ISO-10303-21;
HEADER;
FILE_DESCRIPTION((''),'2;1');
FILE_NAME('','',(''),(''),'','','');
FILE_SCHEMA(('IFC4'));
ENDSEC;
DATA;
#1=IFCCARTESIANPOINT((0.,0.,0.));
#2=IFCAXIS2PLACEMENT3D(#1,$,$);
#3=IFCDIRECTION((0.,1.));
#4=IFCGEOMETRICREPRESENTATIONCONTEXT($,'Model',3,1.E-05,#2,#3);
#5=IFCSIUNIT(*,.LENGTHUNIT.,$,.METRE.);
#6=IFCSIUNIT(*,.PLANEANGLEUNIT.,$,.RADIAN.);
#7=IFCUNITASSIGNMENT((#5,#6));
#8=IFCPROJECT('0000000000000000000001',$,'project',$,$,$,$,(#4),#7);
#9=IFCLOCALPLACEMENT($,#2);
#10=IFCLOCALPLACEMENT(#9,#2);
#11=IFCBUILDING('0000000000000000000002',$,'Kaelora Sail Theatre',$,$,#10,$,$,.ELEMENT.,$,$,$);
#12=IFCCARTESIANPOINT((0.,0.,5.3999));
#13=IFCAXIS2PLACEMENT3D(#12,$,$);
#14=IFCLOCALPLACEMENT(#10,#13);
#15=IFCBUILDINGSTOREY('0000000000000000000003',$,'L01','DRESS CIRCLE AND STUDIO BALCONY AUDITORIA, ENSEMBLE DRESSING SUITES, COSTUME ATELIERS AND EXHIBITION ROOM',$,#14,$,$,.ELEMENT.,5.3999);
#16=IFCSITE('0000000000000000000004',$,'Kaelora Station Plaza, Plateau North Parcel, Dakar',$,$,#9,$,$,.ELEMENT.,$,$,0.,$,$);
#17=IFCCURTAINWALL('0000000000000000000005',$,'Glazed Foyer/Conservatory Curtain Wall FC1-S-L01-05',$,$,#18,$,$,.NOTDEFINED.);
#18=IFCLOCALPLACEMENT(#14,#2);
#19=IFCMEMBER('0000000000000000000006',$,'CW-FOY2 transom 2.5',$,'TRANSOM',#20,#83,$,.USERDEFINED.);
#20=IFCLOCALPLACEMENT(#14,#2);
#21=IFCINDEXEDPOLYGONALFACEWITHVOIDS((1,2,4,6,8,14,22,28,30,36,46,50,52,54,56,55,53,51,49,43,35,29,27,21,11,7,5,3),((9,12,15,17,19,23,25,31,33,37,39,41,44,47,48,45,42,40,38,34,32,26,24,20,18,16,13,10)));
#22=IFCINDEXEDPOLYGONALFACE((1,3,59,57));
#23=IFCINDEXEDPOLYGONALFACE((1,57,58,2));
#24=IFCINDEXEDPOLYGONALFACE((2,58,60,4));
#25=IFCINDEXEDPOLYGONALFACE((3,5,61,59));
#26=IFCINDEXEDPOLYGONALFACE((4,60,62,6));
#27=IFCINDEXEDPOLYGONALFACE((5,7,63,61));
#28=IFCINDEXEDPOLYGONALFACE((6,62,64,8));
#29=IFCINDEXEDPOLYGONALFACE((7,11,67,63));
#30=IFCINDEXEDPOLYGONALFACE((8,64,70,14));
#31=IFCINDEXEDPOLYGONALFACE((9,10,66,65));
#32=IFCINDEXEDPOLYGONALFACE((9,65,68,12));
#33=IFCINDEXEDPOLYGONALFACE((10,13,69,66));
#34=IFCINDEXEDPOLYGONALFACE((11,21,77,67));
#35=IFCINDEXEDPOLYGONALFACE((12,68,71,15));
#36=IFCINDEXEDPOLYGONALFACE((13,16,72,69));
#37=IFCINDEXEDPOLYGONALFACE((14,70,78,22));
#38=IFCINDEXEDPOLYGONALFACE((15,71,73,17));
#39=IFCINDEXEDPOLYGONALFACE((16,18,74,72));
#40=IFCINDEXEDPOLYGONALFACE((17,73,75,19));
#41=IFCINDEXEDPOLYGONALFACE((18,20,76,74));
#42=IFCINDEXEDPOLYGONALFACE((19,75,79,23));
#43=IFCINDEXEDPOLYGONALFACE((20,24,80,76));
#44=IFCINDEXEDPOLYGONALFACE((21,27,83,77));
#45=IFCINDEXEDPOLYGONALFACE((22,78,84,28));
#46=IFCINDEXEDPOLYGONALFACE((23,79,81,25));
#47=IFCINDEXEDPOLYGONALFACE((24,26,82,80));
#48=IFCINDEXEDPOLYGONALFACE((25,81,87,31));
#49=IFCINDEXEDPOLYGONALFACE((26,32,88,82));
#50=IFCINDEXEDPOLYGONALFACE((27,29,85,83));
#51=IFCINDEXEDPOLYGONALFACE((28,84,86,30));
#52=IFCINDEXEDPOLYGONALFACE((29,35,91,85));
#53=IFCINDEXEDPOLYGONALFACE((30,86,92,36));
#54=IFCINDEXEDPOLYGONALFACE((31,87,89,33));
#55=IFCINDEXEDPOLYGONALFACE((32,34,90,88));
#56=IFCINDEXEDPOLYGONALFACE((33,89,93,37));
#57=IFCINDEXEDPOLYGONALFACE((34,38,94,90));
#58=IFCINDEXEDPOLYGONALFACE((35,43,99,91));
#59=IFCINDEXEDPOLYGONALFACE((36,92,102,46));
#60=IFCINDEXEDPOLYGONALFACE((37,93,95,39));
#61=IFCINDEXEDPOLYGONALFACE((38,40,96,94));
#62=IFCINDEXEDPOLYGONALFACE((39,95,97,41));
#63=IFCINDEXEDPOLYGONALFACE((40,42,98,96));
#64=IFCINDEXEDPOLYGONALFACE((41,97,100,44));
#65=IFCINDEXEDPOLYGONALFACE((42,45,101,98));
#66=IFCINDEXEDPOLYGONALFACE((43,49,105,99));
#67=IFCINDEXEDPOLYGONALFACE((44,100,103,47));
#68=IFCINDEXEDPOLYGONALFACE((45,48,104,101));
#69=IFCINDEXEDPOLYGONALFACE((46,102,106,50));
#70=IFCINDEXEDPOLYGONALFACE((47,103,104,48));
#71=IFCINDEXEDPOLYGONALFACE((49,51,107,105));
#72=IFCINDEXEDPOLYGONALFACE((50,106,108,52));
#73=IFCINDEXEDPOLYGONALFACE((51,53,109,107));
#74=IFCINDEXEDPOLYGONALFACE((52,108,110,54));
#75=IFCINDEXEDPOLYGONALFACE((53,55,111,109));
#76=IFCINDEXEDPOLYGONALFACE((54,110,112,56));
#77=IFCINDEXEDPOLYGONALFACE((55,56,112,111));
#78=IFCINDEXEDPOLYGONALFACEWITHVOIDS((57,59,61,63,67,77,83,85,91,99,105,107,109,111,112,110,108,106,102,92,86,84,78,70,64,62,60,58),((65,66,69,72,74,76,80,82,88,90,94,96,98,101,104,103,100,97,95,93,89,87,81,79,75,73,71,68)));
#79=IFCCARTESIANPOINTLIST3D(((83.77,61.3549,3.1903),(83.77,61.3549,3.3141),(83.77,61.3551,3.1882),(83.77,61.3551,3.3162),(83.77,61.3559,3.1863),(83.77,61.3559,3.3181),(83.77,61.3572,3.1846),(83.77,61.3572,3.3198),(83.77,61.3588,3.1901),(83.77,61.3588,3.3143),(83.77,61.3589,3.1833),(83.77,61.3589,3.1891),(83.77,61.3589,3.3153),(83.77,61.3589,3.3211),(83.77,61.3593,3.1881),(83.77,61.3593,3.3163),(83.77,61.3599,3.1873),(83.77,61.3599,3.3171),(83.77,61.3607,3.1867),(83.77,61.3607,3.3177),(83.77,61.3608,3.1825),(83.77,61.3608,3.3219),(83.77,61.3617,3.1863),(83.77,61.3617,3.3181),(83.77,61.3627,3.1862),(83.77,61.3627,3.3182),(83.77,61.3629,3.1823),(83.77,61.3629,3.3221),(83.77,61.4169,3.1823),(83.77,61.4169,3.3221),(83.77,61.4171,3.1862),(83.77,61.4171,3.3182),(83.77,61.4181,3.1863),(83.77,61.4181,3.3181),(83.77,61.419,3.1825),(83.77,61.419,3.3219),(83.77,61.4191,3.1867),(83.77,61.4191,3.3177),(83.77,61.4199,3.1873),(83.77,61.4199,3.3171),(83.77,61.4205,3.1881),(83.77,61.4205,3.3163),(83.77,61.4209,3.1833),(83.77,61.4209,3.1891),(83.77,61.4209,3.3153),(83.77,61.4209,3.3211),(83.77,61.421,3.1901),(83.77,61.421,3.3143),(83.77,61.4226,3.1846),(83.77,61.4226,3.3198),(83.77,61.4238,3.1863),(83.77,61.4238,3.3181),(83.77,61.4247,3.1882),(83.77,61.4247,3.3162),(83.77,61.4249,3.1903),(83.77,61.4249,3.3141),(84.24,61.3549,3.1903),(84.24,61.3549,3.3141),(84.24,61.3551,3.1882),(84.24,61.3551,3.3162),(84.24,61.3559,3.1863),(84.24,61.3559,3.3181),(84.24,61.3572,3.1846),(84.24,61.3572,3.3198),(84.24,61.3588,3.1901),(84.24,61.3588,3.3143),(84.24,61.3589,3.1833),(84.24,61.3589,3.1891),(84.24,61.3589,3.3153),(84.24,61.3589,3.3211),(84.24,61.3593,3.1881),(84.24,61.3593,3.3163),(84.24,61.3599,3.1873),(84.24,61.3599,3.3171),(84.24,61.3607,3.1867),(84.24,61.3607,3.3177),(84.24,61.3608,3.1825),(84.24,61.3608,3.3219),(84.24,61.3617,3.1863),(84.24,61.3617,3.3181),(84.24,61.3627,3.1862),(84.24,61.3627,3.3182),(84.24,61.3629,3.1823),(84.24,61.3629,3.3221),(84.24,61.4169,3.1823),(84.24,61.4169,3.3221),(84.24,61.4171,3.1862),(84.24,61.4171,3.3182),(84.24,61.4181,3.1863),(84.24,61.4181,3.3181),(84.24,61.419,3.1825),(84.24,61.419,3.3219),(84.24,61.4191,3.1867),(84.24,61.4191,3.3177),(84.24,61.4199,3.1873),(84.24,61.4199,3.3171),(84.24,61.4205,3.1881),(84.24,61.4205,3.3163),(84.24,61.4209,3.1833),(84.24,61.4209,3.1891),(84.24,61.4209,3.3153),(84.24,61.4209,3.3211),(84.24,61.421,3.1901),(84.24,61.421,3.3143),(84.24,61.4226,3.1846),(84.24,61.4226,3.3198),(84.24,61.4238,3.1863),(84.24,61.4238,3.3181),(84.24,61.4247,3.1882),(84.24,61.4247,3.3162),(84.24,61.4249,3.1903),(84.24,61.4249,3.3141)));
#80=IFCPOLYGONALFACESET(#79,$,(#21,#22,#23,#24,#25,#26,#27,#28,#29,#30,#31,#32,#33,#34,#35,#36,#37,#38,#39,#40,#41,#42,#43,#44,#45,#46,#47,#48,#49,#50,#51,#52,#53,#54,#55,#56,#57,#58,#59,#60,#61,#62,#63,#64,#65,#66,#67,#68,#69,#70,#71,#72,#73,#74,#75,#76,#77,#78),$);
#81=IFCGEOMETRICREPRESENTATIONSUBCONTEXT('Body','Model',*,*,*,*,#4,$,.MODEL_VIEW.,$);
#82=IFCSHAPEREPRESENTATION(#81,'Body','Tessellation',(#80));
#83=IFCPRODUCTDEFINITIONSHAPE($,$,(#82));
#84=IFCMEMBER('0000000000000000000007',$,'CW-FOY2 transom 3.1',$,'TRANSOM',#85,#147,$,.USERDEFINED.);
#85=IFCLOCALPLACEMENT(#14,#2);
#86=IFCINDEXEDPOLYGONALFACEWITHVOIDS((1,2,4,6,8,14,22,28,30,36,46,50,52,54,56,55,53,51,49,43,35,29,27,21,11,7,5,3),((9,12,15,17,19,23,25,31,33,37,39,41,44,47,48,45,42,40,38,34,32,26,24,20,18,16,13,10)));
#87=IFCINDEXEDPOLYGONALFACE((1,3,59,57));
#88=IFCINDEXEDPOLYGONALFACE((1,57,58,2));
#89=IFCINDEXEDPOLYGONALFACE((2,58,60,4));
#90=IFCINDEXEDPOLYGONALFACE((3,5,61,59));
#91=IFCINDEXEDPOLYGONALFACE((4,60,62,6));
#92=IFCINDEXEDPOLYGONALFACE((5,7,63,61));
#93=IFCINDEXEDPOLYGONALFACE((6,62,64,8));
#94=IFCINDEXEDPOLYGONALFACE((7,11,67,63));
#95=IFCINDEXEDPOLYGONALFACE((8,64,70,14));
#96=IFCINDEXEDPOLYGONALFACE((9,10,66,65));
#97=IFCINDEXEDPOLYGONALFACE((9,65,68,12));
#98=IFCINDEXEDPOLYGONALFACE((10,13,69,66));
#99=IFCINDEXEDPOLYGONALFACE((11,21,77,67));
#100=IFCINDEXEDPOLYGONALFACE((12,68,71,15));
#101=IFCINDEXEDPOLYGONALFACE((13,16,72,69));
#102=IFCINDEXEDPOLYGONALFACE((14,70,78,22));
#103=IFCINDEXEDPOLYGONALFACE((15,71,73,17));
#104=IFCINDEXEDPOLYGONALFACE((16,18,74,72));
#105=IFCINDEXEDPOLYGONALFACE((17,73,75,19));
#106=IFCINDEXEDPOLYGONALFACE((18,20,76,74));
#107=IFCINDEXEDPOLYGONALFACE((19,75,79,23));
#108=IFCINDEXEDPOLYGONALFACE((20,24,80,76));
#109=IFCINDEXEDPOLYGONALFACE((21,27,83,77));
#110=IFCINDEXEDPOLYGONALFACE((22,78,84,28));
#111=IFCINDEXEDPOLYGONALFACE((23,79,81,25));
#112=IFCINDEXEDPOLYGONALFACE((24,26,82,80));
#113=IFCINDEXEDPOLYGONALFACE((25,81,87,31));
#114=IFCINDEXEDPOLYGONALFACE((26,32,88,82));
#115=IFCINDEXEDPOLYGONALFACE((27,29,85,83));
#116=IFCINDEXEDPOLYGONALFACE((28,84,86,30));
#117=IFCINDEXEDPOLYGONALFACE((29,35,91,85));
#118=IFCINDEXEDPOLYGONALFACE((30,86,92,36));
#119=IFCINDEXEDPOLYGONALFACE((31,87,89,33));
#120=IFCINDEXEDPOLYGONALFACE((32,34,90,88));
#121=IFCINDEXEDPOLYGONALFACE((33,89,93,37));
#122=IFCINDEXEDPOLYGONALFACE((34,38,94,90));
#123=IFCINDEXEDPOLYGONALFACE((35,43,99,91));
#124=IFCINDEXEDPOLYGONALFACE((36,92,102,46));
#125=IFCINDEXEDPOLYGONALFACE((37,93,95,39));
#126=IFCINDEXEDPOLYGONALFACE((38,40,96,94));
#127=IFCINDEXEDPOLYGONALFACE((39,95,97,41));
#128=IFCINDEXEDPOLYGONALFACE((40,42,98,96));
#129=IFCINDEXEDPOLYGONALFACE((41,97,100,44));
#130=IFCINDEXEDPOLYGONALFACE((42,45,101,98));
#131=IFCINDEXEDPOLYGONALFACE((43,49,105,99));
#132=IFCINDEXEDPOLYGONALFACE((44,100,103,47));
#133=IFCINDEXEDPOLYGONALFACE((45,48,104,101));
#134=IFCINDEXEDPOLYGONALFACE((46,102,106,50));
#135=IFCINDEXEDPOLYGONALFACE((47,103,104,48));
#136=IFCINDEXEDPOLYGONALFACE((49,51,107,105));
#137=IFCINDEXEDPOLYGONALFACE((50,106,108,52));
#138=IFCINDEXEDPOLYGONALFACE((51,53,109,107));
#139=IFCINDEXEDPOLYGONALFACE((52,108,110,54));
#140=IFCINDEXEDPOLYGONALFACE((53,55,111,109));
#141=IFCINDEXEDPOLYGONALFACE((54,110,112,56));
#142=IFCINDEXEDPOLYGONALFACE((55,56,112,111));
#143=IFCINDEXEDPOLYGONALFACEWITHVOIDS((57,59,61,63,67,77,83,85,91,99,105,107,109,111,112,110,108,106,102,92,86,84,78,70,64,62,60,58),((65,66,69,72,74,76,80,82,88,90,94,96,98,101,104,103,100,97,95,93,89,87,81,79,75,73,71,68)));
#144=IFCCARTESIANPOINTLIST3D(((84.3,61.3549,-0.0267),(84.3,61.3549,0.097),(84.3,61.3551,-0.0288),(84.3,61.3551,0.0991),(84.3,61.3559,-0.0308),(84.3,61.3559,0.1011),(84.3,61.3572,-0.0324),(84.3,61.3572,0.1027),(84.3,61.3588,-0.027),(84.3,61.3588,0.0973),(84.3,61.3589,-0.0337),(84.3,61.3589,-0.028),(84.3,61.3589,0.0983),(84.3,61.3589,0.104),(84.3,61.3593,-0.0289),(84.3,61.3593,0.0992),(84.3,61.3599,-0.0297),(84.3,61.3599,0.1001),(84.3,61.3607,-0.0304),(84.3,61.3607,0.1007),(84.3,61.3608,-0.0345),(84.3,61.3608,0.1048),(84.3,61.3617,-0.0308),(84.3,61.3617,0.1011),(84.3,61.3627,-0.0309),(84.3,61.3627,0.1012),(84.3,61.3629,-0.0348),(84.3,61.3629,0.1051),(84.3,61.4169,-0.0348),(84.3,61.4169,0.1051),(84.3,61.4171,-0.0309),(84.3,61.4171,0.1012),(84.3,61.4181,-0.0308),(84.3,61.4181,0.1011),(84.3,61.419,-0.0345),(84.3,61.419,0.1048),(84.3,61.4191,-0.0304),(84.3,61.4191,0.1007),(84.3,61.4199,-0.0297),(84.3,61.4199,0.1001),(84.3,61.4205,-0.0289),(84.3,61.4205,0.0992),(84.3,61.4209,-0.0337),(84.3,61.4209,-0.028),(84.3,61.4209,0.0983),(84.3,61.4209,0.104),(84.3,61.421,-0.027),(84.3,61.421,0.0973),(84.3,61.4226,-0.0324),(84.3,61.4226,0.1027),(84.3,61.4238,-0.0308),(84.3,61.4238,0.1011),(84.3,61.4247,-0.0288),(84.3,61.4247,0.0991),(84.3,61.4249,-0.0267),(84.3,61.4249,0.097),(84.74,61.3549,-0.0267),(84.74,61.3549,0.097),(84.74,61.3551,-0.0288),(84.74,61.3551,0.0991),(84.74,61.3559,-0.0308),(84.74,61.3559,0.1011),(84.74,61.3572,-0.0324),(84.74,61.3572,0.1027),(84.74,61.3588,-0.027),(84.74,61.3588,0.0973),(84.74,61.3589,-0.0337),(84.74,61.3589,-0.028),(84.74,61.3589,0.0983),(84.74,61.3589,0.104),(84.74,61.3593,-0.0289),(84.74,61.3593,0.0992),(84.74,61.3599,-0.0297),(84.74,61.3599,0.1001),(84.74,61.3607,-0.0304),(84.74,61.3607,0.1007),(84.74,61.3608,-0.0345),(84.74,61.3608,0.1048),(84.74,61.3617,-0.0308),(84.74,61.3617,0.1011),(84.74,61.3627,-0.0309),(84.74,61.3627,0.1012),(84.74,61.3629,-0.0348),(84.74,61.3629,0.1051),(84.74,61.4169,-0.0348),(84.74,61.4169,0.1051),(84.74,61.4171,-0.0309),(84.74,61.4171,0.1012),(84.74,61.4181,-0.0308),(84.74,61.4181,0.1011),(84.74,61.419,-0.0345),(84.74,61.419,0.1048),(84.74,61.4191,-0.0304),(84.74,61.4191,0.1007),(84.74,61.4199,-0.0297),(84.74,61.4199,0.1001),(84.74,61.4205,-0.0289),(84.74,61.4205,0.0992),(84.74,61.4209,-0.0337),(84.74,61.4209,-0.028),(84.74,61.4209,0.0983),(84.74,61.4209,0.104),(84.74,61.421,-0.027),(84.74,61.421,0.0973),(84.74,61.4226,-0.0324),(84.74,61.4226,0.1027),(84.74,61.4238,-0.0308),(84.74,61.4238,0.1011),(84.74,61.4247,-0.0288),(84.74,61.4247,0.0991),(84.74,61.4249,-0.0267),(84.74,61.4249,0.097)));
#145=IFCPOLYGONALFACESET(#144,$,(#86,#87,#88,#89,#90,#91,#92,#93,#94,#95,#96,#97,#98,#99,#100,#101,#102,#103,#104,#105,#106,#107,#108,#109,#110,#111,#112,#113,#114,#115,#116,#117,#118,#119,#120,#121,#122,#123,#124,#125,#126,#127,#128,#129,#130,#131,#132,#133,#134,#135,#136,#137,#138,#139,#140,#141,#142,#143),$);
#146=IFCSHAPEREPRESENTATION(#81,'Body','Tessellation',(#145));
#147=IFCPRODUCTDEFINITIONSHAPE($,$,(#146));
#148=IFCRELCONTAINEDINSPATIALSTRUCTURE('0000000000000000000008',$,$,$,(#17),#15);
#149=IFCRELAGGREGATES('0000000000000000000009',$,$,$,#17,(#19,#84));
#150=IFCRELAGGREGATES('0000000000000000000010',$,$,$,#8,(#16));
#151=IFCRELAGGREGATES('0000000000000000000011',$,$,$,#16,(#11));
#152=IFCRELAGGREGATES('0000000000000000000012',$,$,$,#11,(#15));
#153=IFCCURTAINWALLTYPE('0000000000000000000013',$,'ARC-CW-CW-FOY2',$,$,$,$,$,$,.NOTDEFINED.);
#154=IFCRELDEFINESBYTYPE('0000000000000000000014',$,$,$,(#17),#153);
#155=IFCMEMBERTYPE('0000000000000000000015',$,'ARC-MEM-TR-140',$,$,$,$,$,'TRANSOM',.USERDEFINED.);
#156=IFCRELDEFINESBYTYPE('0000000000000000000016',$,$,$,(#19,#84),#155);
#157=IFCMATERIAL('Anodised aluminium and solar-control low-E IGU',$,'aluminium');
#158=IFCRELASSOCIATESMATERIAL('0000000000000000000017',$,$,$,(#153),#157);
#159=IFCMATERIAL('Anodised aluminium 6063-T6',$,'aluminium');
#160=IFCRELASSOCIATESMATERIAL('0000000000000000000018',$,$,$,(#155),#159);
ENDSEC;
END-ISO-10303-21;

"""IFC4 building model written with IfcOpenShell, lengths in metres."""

from ifc_helpers import new_model, si_unit, direction, frame, origin, origin_2d, place, context, subcontext, project, spatial, hollow_rectangle, extrude, material, material_profile, profile_set, type_object, element, aggregate, save


model = new_model("IFC4")

# Units and contexts
model_context = context("Model", 3, precision=1e-05, world=origin(), true_north=direction((0.0, 1.0)))
body_context = subcontext(model_context, "Body", "Model", "MODEL_VIEW")
ifc_project = project(units=[si_unit("LENGTHUNIT", "METRE"), si_unit("PLANEANGLEUNIT", "RADIAN")], contexts=[model_context])

# Site, building, storey
site_placement = place(None, origin())
site = spatial("IfcSite", under=ifc_project, at=site_placement, Name="Kaelora Station Plaza, Plateau North Parcel, Dakar", CompositionType="ELEMENT", RefElevation=0.0)
building_placement = place(site_placement, origin())
building = spatial("IfcBuilding", under=site, at=building_placement, Name="Kaelora Sail Theatre", CompositionType="ELEMENT")
storey_placement = place(building_placement, frame((0.0, 0.0, 5.3999)))
storey = spatial("IfcBuildingStorey", under=building, at=storey_placement, Name="L01", Description="DRESS CIRCLE AND STUDIO BALCONY AUDITORIA, ENSEMBLE DRESSING SUITES, COSTUME ATELIERS AND EXHIBITION ROOM", CompositionType="ELEMENT", Elevation=5.3999)

# Curtain wall
ifc_material_1 = material(Name="Anodised aluminium and solar-control low-E IGU", Category="aluminium")
curtain_wall_type = type_object("IfcCurtainWallType", Name="ARC-CW-CW-FOY2", PredefinedType="NOTDEFINED", material=ifc_material_1)
curtain_wall_1_placement = place(storey_placement, origin())
curtain_wall_1 = element("IfcCurtainWall", 1, at=curtain_wall_1_placement, inside=storey, type_object=curtain_wall_type, Name="Glazed Foyer/Conservatory Curtain Wall FC1-S-L01-05", PredefinedType="NOTDEFINED")

# Members
ifc_material_2 = material(Name="Anodised aluminium 6063-T6", Category="aluminium")
ifc_material_profile_1 = material_profile(ifc_material_2, hollow_rectangle(XDim=0.0701, YDim=0.1399, WallThickness=0.0039, InnerFilletRadius=0.0039, OuterFilletRadius=0.0081, at=origin_2d()), Name="ALU-TRAN 70x140x4")
ifc_profile_set_1 = profile_set([ifc_material_profile_1], Name="Anodised aluminium 6063-T6")
member_type_1 = type_object("IfcMemberType", Name="ARC-MEM-TR-140", ElementType="TRANSOM", PredefinedType="USERDEFINED", material=ifc_profile_set_1)
member_1_placement = place(storey_placement, frame((83.77, 61.3899, 3.2522), z_axis=(1.0, 0.0, 0.0), x_axis=(0.0, 1.0, 0.0)))
member_1 = element("IfcMember", 2, at=member_1_placement, type_object=member_type_1, Name="CW-FOY2 transom 2.5", ObjectType="TRANSOM", PredefinedType="USERDEFINED", context=body_context, shape_type="SweptSolid", body=[
    extrude(hollow_rectangle(XDim=0.0701, YDim=0.1399, WallThickness=0.0039, InnerFilletRadius=0.0039, OuterFilletRadius=0.0081, at=origin_2d()), origin(), (0.0, 0.0, 1.0), 0.47),
])
member_2_placement = place(storey_placement, frame((84.3, 61.3899, 0.0352), z_axis=(1.0, 0.0, 0.0), x_axis=(0.0, 1.0, 0.0)))
member_2 = element("IfcMember", 3, at=member_2_placement, type_object=member_type_1, Name="CW-FOY2 transom 3.1", ObjectType="TRANSOM", PredefinedType="USERDEFINED", context=body_context, shape_type="SweptSolid", body=[
    extrude(hollow_rectangle(XDim=0.0701, YDim=0.1399, WallThickness=0.0039, InnerFilletRadius=0.0039, OuterFilletRadius=0.0081, at=origin_2d()), origin(), (0.0, 0.0, 1.0), 0.4399),
])

aggregate(curtain_wall_1, [member_1, member_2])

save(model, "model.ifc")
